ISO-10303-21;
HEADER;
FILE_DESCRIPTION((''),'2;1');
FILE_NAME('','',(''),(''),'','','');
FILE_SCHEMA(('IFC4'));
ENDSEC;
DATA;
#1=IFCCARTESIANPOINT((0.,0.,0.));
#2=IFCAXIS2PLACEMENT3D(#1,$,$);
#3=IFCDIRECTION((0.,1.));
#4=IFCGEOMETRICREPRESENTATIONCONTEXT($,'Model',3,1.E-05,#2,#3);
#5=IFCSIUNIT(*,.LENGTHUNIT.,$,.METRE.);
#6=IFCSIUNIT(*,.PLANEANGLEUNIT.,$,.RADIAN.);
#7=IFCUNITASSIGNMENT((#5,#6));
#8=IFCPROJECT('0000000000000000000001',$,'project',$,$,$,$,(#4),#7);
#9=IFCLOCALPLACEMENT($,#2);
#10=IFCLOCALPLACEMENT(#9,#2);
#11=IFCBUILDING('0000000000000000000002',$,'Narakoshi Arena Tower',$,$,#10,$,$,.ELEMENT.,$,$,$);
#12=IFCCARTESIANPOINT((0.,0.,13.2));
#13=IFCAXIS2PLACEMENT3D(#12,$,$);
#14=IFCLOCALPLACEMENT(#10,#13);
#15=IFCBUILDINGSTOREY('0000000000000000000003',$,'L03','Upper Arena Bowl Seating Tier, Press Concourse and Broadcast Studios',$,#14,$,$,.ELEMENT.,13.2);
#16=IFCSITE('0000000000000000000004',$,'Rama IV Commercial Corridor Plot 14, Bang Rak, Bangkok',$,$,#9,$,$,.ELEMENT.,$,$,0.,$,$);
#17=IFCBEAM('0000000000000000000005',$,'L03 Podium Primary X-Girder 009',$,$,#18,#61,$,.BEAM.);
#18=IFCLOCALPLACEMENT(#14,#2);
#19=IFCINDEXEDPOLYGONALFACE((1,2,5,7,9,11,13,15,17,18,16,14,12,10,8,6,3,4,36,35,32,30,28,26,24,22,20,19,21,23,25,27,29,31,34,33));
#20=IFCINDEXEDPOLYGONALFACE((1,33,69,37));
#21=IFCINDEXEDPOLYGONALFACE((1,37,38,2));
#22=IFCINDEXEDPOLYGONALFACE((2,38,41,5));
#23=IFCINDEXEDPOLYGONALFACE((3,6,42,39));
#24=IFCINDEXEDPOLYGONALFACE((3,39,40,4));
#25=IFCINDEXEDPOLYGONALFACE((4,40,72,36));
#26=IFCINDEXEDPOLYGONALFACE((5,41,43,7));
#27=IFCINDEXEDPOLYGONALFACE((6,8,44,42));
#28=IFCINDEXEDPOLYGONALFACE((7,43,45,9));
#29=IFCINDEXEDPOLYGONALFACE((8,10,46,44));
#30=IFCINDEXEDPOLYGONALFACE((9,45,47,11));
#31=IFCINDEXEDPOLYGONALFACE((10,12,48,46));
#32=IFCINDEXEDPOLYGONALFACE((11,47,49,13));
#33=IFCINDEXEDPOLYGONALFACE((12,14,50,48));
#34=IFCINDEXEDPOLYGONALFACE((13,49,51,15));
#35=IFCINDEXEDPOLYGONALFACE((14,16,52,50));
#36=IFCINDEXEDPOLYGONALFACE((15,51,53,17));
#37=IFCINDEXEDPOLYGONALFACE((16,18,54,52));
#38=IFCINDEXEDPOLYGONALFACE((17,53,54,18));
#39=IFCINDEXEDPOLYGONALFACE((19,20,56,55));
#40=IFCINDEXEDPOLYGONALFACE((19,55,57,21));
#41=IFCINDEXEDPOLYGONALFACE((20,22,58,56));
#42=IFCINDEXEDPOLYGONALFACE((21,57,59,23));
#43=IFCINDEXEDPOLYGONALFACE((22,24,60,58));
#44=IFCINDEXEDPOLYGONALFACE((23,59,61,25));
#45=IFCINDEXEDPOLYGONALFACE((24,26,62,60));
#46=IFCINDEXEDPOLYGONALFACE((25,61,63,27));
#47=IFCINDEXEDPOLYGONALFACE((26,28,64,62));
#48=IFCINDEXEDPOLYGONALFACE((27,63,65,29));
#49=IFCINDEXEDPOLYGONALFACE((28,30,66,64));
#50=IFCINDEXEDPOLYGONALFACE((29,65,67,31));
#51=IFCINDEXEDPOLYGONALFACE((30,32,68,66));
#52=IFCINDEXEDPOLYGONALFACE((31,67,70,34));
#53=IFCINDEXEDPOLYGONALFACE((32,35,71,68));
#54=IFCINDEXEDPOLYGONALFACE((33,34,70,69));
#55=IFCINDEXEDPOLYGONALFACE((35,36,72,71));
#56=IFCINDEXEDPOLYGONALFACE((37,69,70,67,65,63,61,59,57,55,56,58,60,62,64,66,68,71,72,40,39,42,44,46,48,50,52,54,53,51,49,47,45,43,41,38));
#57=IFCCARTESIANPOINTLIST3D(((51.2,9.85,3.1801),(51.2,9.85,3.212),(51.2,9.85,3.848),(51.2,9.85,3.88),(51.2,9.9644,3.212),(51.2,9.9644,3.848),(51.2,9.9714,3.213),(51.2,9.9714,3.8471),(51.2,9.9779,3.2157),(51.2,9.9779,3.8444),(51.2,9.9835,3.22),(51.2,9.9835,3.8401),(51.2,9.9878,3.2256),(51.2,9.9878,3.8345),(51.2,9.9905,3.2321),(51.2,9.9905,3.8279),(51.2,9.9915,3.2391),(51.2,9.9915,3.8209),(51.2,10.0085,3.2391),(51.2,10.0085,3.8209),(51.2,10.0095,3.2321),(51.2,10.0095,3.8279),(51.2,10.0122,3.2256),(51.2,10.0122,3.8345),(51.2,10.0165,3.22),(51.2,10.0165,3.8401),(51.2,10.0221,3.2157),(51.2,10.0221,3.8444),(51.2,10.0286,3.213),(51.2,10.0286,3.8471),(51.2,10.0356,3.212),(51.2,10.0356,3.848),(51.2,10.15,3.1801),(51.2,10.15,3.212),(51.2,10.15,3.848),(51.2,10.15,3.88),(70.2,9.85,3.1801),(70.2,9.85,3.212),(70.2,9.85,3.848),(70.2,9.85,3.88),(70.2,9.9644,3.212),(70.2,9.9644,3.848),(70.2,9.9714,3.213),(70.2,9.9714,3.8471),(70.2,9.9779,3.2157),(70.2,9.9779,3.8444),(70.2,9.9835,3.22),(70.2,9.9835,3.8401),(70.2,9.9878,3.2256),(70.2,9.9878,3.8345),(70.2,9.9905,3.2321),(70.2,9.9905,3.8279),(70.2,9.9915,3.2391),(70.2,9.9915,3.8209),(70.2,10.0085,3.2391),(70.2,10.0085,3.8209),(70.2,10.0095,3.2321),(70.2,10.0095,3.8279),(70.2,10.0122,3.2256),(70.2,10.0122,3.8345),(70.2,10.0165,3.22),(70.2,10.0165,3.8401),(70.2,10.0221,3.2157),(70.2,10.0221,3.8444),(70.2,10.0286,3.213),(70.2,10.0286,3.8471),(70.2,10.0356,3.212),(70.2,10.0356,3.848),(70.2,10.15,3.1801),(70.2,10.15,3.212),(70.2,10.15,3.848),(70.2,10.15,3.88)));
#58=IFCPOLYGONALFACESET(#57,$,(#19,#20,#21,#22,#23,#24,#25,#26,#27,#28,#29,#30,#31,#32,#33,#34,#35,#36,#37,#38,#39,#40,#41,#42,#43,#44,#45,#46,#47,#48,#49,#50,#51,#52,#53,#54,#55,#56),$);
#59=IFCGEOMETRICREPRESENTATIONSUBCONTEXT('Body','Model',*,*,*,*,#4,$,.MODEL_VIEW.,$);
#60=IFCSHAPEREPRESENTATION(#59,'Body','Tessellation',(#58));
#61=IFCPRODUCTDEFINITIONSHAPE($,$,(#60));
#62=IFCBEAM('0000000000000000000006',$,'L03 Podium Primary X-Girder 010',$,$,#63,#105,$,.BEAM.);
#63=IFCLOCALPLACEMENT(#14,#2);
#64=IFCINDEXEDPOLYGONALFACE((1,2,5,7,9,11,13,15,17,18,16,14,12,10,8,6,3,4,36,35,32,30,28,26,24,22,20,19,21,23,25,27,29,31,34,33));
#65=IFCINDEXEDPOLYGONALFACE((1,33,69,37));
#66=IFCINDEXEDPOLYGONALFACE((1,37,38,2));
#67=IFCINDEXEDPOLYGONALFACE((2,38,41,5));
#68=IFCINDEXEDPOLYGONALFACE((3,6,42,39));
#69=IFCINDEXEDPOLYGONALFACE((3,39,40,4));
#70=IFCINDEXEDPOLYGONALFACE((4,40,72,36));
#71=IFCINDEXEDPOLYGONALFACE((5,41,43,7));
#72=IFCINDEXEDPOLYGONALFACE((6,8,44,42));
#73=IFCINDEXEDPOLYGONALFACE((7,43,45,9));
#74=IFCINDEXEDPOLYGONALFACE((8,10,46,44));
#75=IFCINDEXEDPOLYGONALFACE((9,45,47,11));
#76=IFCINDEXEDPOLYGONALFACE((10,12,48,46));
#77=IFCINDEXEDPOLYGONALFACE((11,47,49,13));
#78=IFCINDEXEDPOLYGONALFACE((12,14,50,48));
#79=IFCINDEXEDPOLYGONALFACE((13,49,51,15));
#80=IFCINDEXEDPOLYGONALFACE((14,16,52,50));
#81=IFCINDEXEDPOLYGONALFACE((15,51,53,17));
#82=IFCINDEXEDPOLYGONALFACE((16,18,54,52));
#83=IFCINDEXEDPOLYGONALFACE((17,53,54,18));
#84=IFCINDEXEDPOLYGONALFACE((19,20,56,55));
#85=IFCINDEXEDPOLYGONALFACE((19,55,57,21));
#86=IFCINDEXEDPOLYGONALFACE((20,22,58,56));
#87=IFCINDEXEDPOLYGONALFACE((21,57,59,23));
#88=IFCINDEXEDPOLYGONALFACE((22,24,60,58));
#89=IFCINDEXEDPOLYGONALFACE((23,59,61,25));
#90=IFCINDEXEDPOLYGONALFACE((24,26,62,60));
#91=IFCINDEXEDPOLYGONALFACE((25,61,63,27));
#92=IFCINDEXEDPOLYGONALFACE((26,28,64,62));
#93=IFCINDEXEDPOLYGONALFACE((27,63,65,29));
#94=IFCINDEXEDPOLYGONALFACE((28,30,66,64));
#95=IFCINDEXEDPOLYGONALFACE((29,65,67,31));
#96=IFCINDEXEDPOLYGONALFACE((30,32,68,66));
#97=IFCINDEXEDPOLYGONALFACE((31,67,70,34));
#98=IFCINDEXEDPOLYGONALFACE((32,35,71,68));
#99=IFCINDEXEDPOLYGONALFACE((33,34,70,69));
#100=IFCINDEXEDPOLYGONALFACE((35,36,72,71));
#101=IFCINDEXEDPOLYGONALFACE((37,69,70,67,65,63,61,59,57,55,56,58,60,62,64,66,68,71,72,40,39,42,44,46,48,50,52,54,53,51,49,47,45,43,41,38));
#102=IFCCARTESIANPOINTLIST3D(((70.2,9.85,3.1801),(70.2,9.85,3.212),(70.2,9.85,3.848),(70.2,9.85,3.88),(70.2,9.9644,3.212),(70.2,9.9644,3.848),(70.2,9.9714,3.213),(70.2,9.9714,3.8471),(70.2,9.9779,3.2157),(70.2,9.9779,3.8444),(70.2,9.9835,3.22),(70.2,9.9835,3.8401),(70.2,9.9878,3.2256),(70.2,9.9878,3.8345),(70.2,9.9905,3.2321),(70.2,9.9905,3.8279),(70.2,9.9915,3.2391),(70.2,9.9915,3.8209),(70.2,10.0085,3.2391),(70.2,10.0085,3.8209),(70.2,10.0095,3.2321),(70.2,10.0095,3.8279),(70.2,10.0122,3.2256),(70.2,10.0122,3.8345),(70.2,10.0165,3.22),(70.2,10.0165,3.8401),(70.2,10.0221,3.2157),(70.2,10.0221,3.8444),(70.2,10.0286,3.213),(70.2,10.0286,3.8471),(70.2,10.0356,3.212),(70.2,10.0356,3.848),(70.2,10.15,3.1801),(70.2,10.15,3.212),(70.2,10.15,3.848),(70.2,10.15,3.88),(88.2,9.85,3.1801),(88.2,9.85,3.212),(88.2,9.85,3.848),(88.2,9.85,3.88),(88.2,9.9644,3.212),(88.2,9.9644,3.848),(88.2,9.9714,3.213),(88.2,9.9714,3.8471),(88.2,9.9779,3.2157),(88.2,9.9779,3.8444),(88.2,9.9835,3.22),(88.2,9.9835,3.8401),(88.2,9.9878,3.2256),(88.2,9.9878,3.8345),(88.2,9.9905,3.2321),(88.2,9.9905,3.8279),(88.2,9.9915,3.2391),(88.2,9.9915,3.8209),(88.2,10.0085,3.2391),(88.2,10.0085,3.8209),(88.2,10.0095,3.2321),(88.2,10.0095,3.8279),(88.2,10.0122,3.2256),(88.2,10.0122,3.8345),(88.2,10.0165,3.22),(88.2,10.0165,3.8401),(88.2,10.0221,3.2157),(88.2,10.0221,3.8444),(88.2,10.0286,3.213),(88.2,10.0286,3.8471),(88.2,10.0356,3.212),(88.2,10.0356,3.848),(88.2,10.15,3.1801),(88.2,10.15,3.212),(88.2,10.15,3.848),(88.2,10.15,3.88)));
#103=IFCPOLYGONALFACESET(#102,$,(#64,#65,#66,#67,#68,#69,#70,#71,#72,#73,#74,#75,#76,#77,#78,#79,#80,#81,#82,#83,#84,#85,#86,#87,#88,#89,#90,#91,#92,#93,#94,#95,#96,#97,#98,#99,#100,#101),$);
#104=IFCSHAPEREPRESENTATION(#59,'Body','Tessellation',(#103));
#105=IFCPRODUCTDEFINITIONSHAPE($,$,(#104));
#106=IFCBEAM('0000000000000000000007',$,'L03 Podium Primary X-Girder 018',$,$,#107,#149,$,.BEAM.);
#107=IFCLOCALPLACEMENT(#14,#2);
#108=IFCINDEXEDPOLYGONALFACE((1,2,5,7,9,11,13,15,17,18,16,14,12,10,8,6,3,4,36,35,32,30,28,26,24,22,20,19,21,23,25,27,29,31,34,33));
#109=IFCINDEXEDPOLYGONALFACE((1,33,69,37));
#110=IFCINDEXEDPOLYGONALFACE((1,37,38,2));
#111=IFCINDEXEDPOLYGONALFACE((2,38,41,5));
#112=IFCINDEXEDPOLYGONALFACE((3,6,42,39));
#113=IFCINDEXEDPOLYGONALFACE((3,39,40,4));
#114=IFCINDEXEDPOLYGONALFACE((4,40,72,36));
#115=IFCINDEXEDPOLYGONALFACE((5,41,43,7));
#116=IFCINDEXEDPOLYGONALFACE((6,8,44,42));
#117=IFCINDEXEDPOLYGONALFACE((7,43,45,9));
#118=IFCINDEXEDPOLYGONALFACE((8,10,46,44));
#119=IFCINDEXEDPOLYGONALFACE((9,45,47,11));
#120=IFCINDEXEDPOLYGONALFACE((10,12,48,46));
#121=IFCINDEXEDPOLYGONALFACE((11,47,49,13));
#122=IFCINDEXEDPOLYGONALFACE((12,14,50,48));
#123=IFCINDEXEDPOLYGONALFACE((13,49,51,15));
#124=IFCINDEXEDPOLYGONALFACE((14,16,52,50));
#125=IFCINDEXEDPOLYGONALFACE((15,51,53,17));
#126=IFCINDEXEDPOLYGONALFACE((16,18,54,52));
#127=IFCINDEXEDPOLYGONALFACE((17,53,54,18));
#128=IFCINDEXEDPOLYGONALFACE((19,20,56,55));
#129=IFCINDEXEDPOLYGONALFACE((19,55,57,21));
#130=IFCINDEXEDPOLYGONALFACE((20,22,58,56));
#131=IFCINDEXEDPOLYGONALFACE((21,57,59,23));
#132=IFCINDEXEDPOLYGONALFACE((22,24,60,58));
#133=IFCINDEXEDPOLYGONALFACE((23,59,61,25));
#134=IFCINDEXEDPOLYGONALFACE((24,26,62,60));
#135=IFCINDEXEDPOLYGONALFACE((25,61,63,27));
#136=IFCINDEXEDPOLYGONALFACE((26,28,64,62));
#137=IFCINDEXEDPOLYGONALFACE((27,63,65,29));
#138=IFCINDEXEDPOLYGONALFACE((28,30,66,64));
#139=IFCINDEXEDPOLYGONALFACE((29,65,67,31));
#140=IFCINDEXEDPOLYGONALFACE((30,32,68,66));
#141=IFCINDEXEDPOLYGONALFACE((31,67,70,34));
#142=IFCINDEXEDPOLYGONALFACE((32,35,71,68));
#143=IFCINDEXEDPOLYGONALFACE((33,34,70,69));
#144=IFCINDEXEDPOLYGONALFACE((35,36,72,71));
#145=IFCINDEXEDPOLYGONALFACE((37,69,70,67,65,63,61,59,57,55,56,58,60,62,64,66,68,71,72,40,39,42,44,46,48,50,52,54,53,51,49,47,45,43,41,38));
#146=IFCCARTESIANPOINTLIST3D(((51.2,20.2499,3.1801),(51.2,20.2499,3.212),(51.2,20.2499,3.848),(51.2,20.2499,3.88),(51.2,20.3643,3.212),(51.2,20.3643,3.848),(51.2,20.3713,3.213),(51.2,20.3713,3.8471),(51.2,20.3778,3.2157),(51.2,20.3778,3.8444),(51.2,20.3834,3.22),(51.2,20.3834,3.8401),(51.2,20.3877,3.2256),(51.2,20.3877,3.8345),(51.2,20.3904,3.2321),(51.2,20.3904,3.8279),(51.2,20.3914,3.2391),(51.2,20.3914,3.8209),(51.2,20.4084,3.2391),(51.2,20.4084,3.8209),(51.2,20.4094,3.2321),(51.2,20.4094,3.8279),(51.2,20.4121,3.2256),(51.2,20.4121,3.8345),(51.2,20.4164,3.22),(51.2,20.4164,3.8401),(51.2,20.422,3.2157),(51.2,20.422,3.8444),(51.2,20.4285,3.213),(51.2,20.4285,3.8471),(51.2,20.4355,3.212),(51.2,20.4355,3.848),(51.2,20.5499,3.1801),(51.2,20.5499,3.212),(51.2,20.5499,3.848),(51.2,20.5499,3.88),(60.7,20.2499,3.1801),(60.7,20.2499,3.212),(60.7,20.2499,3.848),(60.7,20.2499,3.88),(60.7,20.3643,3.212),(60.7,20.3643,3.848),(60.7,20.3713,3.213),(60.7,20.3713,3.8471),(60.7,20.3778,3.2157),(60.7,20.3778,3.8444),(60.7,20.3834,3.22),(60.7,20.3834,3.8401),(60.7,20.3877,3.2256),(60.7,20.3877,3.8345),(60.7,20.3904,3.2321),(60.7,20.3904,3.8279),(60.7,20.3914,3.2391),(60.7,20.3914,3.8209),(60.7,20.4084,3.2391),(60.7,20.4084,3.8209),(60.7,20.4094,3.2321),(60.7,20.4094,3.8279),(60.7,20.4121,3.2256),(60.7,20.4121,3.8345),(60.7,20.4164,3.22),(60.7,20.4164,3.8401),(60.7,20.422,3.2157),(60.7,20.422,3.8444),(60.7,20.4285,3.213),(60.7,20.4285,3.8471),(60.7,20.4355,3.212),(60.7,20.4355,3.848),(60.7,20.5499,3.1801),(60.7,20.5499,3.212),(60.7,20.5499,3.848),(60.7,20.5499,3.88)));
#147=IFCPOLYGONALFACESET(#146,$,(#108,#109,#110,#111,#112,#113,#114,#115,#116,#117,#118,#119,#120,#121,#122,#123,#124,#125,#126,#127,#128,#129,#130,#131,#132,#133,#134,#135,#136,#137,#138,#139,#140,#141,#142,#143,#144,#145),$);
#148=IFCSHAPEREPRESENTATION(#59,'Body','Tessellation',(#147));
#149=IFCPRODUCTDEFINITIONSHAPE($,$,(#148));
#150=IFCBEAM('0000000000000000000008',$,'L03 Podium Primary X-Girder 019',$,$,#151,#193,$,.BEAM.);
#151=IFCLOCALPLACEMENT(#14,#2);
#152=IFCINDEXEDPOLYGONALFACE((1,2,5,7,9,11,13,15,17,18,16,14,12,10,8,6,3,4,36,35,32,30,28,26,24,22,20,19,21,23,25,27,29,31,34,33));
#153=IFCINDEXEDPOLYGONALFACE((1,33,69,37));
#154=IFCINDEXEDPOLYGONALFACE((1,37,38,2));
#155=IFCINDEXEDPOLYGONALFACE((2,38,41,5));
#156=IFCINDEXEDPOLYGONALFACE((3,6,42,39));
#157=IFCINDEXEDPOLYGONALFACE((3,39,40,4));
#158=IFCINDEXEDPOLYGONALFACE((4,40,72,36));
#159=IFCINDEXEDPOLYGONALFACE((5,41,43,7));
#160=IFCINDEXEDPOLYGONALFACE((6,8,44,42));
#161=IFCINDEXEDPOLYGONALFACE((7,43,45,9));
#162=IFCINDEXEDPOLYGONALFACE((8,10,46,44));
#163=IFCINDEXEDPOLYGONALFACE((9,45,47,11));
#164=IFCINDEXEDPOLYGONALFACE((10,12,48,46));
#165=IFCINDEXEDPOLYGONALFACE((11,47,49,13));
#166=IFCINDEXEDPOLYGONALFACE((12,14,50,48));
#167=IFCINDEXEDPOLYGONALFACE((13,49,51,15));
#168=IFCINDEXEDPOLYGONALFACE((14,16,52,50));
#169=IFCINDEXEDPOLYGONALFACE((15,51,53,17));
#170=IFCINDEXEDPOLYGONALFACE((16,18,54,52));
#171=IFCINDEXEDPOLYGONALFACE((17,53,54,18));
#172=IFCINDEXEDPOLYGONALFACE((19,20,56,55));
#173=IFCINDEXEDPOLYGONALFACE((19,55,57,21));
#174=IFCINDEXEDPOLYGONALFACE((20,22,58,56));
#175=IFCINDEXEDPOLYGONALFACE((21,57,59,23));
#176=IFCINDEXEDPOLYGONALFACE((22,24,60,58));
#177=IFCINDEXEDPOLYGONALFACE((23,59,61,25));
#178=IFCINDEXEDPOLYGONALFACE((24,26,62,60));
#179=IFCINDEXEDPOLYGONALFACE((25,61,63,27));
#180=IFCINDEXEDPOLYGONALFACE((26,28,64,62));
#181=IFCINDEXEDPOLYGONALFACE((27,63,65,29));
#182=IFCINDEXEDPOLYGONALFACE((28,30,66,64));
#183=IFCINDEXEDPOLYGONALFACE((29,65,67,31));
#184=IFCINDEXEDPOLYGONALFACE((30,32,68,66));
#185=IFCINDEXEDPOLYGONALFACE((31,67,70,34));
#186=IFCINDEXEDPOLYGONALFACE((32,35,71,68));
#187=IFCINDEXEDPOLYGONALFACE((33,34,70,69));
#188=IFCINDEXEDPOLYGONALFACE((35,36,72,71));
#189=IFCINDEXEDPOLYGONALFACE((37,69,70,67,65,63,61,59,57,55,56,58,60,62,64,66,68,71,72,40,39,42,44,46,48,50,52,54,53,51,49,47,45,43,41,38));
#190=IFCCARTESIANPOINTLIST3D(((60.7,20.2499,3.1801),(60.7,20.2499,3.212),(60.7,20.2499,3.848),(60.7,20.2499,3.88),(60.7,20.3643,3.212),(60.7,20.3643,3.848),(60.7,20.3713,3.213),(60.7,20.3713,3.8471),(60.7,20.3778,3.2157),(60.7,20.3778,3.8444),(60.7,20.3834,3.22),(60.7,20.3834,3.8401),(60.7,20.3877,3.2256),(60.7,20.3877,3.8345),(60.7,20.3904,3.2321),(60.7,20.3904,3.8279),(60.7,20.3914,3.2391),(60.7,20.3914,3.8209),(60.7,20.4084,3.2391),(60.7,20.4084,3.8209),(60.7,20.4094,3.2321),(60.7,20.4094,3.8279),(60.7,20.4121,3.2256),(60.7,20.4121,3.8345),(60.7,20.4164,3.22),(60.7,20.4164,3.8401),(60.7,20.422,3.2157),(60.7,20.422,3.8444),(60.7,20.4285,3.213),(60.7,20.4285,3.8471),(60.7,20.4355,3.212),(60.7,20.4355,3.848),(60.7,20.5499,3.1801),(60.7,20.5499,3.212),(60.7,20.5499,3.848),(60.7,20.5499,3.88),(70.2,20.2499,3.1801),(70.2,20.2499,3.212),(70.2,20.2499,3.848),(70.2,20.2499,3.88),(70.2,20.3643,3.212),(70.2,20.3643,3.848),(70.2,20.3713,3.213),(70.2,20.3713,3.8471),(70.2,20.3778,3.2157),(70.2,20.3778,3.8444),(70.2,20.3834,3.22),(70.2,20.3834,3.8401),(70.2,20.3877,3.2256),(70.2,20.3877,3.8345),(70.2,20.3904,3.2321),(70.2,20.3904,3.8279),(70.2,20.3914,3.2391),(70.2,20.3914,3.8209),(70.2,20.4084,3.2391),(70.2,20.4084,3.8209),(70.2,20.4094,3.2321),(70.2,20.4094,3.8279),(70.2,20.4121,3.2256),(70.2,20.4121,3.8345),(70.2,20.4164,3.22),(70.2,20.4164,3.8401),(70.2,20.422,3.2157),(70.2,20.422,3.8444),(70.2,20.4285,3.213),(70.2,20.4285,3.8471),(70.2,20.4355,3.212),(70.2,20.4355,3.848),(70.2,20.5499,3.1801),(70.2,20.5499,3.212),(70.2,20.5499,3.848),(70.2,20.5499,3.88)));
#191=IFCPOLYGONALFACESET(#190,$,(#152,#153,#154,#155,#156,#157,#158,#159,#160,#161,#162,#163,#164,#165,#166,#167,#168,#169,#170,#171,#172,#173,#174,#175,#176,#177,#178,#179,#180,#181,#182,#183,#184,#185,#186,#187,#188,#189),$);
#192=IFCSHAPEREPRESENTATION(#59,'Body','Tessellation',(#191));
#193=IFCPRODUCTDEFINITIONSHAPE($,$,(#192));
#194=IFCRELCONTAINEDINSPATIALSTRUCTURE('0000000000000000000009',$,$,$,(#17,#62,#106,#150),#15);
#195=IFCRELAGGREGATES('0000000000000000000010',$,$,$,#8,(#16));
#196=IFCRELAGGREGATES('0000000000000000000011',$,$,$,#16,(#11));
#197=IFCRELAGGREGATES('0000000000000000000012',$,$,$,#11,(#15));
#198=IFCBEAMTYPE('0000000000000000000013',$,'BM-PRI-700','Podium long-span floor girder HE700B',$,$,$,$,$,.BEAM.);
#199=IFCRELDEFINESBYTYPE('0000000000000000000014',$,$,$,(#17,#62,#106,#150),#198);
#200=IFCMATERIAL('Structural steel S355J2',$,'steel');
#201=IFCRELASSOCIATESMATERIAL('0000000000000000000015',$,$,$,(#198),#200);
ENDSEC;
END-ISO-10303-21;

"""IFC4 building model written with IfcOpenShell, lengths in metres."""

from ifc_helpers import new_model, si_unit, direction, frame, origin, origin_2d, place, context, subcontext, project, spatial, i_section, extrude, material, material_profile, profile_set, type_object, element, save


model = new_model("IFC4")

# Units and contexts
model_context = context("Model", 3, precision=1e-05, world=origin(), true_north=direction((0.0, 1.0)))
body_context = subcontext(model_context, "Body", "Model", "MODEL_VIEW")
ifc_project = project(units=[si_unit("LENGTHUNIT", "METRE"), si_unit("PLANEANGLEUNIT", "RADIAN")], contexts=[model_context])

# Site, building, storey
site_placement = place(None, origin())
site = spatial("IfcSite", under=ifc_project, at=site_placement, Name="Rama IV Commercial Corridor Plot 14, Bang Rak, Bangkok", CompositionType="ELEMENT", RefElevation=0.0)
building_placement = place(site_placement, origin())
building = spatial("IfcBuilding", under=site, at=building_placement, Name="Narakoshi Arena Tower", CompositionType="ELEMENT")
storey_placement = place(building_placement, frame((0.0, 0.0, 13.2)))
storey = spatial("IfcBuildingStorey", under=building, at=storey_placement, Name="L03", Description="Upper Arena Bowl Seating Tier, Press Concourse and Broadcast Studios", CompositionType="ELEMENT", Elevation=13.2)

# Beams
ifc_material_1 = material(Name="Structural steel S355J2", Category="steel")
ifc_material_profile_1 = material_profile(ifc_material_1, i_section(OverallWidth=0.3, OverallDepth=0.7, WebThickness=0.0171, FlangeThickness=0.032, FilletRadius=0.0271, at=origin_2d()), Name="HE700B")
ifc_profile_set_1 = profile_set([ifc_material_profile_1], Name="Structural steel S355J2")
beam_type_1 = type_object("IfcBeamType", Name="BM-PRI-700", Description="Podium long-span floor girder HE700B", PredefinedType="BEAM", material=ifc_profile_set_1)
beam_1_placement = place(storey_placement, frame((51.2, 10.0, 3.53), z_axis=(1.0, 0.0, 0.0), x_axis=(0.0, 1.0, 0.0)))
element("IfcBeam", 1, at=beam_1_placement, inside=storey, type_object=beam_type_1, Name="L03 Podium Primary X-Girder 009", PredefinedType="BEAM", context=body_context, shape_type="SweptSolid", body=[
    extrude(i_section(OverallWidth=0.3, OverallDepth=0.7, WebThickness=0.0171, FlangeThickness=0.032, FilletRadius=0.0271, at=origin_2d()), origin(), (0.0, 0.0, 1.0), 19.0),
])
beam_2_placement = place(storey_placement, frame((70.2, 10.0, 3.53), z_axis=(1.0, 0.0, 0.0), x_axis=(0.0, 1.0, 0.0)))
element("IfcBeam", 2, at=beam_2_placement, inside=storey, type_object=beam_type_1, Name="L03 Podium Primary X-Girder 010", PredefinedType="BEAM", context=body_context, shape_type="SweptSolid", body=[
    extrude(i_section(OverallWidth=0.3, OverallDepth=0.7, WebThickness=0.0171, FlangeThickness=0.032, FilletRadius=0.0271, at=origin_2d()), origin(), (0.0, 0.0, 1.0), 18.0),
])
for number, where, z_axis, x_axis, name in (
    (3, (51.2, 20.3999, 3.53), (1.0, 0.0, 0.0), (0.0, 1.0, 0.0), "L03 Podium Primary X-Girder 018"),
    (4, (60.7, 20.3999, 3.53), (1.0, 0.0, 0.0), (0.0, 1.0, 0.0), "L03 Podium Primary X-Girder 019"),
):
    element("IfcBeam", number, at=place(storey_placement, frame(where, z_axis=z_axis, x_axis=x_axis)), inside=storey, type_object=beam_type_1, Name=name, PredefinedType="BEAM", context=body_context, shape_type="SweptSolid", body=[
        extrude(i_section(OverallWidth=0.3, OverallDepth=0.7, WebThickness=0.0171, FlangeThickness=0.032, FilletRadius=0.0271, at=origin_2d()), origin(), (0.0, 0.0, 1.0), 9.5),
    ])

save(model, "model.ifc")
